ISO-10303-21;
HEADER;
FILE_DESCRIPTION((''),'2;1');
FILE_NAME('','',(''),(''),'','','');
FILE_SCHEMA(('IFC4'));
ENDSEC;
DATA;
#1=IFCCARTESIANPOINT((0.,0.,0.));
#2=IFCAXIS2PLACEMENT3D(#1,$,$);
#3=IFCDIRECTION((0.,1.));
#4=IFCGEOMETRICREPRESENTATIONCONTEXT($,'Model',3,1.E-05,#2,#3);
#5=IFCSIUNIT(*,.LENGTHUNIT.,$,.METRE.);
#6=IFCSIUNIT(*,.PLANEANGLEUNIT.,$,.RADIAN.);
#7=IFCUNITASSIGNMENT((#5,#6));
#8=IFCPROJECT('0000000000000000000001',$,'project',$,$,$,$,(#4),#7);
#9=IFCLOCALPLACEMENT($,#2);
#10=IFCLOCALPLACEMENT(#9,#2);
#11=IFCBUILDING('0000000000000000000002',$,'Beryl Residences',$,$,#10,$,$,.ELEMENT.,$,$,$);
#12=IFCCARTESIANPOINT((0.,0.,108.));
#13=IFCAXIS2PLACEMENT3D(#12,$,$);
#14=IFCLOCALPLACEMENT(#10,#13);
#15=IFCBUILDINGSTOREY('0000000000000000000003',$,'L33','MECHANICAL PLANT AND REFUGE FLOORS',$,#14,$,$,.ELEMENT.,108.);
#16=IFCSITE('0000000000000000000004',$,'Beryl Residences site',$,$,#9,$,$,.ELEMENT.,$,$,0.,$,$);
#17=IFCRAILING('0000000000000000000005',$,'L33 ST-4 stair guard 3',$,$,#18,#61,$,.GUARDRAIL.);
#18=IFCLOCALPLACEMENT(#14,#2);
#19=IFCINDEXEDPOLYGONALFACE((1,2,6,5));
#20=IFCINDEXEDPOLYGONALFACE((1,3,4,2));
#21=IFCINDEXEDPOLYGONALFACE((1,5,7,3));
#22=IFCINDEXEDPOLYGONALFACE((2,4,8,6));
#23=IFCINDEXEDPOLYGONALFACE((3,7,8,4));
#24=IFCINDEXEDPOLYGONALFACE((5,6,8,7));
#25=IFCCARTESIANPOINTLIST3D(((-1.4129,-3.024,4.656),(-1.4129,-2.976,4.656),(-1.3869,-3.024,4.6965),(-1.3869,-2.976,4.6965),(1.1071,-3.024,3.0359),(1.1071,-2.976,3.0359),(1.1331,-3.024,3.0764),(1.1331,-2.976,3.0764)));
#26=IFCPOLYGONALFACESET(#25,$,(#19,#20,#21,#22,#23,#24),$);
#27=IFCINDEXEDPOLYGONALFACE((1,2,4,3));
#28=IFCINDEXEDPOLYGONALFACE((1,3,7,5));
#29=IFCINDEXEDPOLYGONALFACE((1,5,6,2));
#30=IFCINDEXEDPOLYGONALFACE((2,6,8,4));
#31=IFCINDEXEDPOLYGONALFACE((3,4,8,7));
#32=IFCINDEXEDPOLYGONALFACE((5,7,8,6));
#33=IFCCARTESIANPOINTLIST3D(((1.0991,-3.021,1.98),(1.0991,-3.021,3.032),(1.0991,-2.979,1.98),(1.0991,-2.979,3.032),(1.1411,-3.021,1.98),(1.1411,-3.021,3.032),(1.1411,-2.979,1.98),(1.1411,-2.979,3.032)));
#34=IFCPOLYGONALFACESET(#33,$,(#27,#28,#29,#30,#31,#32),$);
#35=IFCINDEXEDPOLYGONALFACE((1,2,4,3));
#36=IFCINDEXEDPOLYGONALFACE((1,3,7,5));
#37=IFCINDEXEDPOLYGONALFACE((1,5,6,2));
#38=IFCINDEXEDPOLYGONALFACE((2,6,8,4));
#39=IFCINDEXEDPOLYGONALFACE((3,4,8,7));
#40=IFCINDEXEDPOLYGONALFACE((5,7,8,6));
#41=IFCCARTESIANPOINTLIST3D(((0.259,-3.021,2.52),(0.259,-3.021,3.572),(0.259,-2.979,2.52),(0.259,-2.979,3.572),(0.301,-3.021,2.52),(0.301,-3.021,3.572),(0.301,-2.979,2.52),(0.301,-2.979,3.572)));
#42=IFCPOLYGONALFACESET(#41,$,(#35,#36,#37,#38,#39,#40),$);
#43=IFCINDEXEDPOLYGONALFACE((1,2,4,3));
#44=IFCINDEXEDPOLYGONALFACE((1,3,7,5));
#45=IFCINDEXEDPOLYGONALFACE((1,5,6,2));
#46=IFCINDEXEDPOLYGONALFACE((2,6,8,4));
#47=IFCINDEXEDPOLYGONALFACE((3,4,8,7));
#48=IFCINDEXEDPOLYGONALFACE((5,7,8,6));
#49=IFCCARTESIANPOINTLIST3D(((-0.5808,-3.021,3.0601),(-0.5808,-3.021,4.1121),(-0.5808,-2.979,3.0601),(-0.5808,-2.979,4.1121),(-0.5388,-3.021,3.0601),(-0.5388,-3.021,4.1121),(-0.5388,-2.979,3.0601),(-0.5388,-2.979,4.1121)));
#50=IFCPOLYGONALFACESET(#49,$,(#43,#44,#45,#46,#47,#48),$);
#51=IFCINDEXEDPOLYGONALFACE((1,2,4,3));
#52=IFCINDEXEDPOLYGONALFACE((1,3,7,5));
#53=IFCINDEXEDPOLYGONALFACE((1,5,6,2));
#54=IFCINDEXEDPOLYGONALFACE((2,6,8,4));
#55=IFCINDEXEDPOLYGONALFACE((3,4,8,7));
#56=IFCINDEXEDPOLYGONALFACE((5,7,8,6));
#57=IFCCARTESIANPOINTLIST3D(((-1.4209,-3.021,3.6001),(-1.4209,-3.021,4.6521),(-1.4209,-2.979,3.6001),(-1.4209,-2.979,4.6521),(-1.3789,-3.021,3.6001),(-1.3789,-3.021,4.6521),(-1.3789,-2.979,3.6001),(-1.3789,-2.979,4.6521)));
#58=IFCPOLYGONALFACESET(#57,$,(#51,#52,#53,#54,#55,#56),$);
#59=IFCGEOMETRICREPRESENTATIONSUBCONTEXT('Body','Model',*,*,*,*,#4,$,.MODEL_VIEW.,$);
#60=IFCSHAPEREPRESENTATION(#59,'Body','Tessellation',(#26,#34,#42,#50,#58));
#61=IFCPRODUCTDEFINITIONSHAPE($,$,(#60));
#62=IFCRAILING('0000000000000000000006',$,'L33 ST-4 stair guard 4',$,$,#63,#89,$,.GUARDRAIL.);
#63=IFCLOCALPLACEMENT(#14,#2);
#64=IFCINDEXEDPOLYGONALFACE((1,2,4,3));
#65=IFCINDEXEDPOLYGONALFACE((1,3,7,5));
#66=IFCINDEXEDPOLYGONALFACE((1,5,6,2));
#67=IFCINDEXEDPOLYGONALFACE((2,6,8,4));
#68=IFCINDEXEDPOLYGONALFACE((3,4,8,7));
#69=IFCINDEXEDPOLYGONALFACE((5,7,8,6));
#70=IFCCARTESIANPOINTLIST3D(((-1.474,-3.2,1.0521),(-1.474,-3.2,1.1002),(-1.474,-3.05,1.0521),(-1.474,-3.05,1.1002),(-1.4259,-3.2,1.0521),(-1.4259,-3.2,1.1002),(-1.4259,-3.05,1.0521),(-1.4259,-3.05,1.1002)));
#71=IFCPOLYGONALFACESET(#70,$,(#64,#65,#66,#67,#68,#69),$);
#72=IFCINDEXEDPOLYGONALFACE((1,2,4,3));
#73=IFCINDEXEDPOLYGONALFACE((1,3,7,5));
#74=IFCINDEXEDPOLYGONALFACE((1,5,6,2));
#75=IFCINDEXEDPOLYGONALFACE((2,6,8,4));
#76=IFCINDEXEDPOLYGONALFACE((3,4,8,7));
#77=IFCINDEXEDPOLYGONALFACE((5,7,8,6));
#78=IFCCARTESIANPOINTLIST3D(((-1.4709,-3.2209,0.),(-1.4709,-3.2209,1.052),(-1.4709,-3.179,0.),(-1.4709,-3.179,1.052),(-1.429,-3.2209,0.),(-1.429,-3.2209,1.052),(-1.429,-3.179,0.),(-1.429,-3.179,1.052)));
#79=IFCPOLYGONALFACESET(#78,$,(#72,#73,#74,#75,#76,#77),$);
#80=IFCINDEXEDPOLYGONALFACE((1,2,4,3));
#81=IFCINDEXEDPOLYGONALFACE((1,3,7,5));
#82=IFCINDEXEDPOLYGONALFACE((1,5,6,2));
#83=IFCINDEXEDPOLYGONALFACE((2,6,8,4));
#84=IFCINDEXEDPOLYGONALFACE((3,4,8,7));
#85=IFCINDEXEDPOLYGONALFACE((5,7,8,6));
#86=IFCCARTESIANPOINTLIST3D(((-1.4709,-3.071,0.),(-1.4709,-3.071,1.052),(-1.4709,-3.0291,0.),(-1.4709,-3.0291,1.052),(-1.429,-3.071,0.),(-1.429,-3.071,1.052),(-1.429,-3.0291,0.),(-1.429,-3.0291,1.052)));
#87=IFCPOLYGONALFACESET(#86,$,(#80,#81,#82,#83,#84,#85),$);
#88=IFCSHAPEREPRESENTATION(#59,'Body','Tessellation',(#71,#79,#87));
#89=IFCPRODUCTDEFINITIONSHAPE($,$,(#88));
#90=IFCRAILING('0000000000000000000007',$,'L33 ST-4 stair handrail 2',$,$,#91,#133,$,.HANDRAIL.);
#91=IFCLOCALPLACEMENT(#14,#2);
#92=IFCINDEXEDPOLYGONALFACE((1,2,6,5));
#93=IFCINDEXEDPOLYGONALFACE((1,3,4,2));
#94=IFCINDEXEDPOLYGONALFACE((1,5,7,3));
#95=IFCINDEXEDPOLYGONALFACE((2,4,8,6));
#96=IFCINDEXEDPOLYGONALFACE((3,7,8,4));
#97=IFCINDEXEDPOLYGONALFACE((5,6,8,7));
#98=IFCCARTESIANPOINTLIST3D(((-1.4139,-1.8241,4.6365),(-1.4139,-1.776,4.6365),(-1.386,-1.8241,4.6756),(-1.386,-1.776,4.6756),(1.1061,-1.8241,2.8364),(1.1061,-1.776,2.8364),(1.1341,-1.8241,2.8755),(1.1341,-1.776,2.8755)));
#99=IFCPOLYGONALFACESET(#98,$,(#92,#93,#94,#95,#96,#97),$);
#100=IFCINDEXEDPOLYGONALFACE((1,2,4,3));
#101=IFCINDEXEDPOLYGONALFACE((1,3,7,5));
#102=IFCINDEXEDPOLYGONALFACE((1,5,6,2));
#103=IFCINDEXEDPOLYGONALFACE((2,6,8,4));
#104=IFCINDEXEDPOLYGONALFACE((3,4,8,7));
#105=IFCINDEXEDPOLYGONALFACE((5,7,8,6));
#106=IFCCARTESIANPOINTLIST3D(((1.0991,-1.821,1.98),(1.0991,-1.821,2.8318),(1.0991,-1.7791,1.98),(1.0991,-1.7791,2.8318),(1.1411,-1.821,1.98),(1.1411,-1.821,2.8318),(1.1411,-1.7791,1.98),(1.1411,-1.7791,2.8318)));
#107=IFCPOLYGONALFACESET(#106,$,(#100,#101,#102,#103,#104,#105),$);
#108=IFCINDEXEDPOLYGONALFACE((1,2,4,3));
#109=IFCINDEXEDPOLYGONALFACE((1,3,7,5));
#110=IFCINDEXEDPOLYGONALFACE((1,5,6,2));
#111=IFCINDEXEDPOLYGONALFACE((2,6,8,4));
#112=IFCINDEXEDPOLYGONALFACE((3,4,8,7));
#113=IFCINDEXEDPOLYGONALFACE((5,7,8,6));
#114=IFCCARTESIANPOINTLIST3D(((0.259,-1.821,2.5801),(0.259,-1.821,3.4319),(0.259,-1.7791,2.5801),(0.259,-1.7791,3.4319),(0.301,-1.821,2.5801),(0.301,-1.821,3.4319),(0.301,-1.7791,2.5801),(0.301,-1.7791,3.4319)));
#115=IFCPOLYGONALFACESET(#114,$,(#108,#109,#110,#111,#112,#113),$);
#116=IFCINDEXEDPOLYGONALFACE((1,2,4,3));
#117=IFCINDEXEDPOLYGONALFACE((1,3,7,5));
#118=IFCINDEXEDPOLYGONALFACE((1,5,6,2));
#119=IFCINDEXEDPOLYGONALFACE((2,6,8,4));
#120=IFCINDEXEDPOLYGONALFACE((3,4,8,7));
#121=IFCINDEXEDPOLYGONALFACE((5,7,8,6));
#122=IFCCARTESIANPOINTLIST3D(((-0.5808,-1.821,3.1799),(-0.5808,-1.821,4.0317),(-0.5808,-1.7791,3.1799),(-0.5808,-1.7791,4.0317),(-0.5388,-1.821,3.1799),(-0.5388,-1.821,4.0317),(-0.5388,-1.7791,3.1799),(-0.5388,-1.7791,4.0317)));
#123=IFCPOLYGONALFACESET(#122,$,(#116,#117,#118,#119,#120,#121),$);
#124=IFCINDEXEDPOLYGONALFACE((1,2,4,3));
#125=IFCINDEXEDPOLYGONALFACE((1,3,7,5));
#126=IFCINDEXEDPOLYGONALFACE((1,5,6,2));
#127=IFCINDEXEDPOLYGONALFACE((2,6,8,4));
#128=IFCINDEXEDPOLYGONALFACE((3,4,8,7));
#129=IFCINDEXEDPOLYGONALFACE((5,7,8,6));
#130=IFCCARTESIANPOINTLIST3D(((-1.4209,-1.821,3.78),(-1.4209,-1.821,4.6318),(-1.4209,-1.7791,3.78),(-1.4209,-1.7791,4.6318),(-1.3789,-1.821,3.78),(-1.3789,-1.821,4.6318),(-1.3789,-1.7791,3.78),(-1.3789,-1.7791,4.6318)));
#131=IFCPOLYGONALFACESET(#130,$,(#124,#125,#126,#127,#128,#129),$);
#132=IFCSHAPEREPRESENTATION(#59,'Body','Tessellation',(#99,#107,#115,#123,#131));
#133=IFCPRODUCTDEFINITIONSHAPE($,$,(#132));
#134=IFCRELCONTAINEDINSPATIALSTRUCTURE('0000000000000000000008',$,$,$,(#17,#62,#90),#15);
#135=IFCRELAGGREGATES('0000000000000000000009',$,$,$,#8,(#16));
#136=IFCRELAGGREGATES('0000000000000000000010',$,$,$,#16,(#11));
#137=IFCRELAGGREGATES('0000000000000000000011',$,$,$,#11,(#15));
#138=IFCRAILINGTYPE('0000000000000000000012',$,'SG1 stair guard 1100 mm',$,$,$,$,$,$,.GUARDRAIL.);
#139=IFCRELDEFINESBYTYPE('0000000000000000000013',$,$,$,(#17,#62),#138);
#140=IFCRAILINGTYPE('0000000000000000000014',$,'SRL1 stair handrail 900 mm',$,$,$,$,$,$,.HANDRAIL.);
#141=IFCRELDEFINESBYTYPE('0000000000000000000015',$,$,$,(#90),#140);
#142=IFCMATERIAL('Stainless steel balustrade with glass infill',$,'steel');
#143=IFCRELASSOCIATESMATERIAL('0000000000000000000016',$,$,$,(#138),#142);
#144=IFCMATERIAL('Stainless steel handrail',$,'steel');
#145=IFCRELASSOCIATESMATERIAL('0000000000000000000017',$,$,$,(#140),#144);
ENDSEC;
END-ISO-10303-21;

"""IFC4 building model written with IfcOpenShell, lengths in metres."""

from ifc_helpers import new_model, si_unit, direction, frame, origin, origin_2d, place, context, subcontext, project, spatial, rectangle, extrude, material, type_object, element, save


model = new_model("IFC4")

# Units and contexts
model_context = context("Model", 3, precision=1e-05, world=origin(), true_north=direction((0.0, 1.0)))
body_context = subcontext(model_context, "Body", "Model", "MODEL_VIEW")
ifc_project = project(units=[si_unit("LENGTHUNIT", "METRE"), si_unit("PLANEANGLEUNIT", "RADIAN")], contexts=[model_context])

# Site, building, storey
site_placement = place(None, origin())
site = spatial("IfcSite", under=ifc_project, at=site_placement, Name="Beryl Residences site", CompositionType="ELEMENT", RefElevation=0.0)
building_placement = place(site_placement, origin())
building = spatial("IfcBuilding", under=site, at=building_placement, Name="Beryl Residences", CompositionType="ELEMENT")
storey_placement = place(building_placement, frame((0.0, 0.0, 108.0)))
storey = spatial("IfcBuildingStorey", under=building, at=storey_placement, Name="L33", Description="MECHANICAL PLANT AND REFUGE FLOORS", CompositionType="ELEMENT", Elevation=108.0)

# Railings
ifc_material_1 = material(Name="Stainless steel balustrade with glass infill", Category="steel")
railing_type_1 = type_object("IfcRailingType", Name="SG1 stair guard 1100 mm", PredefinedType="GUARDRAIL", material=ifc_material_1)
railing_1_placement = place(storey_placement, frame((1.1201, -3.0, 1.98)))
element("IfcRailing", 1, at=railing_1_placement, inside=storey, type_object=railing_type_1, Name="L33 ST-4 stair guard 3", PredefinedType="GUARDRAIL", context=body_context, shape_type="SweptSolid", body=[
    extrude(rectangle(XDim=0.0481, YDim=0.0481, at=origin_2d()), frame((0.0, 0.0, 1.0762), z_axis=(-0.841163, 0.0, 0.540782), x_axis=(0.0, -1.0, 0.0)), (0.0, 0.0, 1.0), 2.9958),
    extrude(rectangle(XDim=0.042, YDim=0.042, at=origin_2d()), origin(), (0.0, 0.0, 1.0), 1.052),
    extrude(rectangle(XDim=0.042, YDim=0.042, at=origin_2d()), frame((-0.8401, 0.0, 0.54)), (0.0, 0.0, 1.0), 1.052),
    extrude(rectangle(XDim=0.042, YDim=0.042, at=origin_2d()), frame((-1.6799, 0.0, 1.0801)), (0.0, 0.0, 1.0), 1.052),
    extrude(rectangle(XDim=0.042, YDim=0.042, at=origin_2d()), frame((-2.52, 0.0, 1.6201)), (0.0, 0.0, 1.0), 1.052),
])
railing_2_placement = place(storey_placement, frame((-1.45, -3.2, 0.0)))
element("IfcRailing", 2, at=railing_2_placement, inside=storey, type_object=railing_type_1, Name="L33 ST-4 stair guard 4", PredefinedType="GUARDRAIL", context=body_context, shape_type="SweptSolid", body=[
    extrude(rectangle(XDim=0.0481, YDim=0.0481, at=origin_2d()), frame((0.0, 0.0, 1.0762), z_axis=(0.0, 1.0, 0.0), x_axis=(-1.0, 0.0, 0.0)), (0.0, 0.0, 1.0), 0.1499),
    extrude(rectangle(XDim=0.042, YDim=0.042, at=origin_2d()), origin(), (0.0, 0.0, 1.0), 1.052),
    extrude(rectangle(XDim=0.042, YDim=0.042, at=origin_2d()), frame((0.0, 0.1499, 0.0)), (0.0, 0.0, 1.0), 1.052),
])
ifc_material_2 = material(Name="Stainless steel handrail", Category="steel")
railing_type_2 = type_object("IfcRailingType", Name="SRL1 stair handrail 900 mm", PredefinedType="HANDRAIL", material=ifc_material_2)
railing_3_placement = place(storey_placement, frame((1.1201, -1.8, 1.98)))
element("IfcRailing", 3, at=railing_3_placement, inside=storey, type_object=railing_type_2, Name="L33 ST-4 stair handrail 2", PredefinedType="HANDRAIL", context=body_context, shape_type="SweptSolid", body=[
    extrude(rectangle(XDim=0.0481, YDim=0.0481, at=origin_2d()), frame((0.0, 0.0, 0.876), z_axis=(-0.813728, 0.0, 0.581246), x_axis=(0.0, -1.0, 0.0)), (0.0, 0.0, 1.0), 3.0969),
    extrude(rectangle(XDim=0.042, YDim=0.042, at=origin_2d()), origin(), (0.0, 0.0, 1.0), 0.8518),
    extrude(rectangle(XDim=0.042, YDim=0.042, at=origin_2d()), frame((-0.8401, 0.0, 0.6001)), (0.0, 0.0, 1.0), 0.8518),
    extrude(rectangle(XDim=0.042, YDim=0.042, at=origin_2d()), frame((-1.6799, 0.0, 1.2)), (0.0, 0.0, 1.0), 0.8518),
    extrude(rectangle(XDim=0.042, YDim=0.042, at=origin_2d()), frame((-2.52, 0.0, 1.8)), (0.0, 0.0, 1.0), 0.8518),
])

save(model, "model.ifc")
